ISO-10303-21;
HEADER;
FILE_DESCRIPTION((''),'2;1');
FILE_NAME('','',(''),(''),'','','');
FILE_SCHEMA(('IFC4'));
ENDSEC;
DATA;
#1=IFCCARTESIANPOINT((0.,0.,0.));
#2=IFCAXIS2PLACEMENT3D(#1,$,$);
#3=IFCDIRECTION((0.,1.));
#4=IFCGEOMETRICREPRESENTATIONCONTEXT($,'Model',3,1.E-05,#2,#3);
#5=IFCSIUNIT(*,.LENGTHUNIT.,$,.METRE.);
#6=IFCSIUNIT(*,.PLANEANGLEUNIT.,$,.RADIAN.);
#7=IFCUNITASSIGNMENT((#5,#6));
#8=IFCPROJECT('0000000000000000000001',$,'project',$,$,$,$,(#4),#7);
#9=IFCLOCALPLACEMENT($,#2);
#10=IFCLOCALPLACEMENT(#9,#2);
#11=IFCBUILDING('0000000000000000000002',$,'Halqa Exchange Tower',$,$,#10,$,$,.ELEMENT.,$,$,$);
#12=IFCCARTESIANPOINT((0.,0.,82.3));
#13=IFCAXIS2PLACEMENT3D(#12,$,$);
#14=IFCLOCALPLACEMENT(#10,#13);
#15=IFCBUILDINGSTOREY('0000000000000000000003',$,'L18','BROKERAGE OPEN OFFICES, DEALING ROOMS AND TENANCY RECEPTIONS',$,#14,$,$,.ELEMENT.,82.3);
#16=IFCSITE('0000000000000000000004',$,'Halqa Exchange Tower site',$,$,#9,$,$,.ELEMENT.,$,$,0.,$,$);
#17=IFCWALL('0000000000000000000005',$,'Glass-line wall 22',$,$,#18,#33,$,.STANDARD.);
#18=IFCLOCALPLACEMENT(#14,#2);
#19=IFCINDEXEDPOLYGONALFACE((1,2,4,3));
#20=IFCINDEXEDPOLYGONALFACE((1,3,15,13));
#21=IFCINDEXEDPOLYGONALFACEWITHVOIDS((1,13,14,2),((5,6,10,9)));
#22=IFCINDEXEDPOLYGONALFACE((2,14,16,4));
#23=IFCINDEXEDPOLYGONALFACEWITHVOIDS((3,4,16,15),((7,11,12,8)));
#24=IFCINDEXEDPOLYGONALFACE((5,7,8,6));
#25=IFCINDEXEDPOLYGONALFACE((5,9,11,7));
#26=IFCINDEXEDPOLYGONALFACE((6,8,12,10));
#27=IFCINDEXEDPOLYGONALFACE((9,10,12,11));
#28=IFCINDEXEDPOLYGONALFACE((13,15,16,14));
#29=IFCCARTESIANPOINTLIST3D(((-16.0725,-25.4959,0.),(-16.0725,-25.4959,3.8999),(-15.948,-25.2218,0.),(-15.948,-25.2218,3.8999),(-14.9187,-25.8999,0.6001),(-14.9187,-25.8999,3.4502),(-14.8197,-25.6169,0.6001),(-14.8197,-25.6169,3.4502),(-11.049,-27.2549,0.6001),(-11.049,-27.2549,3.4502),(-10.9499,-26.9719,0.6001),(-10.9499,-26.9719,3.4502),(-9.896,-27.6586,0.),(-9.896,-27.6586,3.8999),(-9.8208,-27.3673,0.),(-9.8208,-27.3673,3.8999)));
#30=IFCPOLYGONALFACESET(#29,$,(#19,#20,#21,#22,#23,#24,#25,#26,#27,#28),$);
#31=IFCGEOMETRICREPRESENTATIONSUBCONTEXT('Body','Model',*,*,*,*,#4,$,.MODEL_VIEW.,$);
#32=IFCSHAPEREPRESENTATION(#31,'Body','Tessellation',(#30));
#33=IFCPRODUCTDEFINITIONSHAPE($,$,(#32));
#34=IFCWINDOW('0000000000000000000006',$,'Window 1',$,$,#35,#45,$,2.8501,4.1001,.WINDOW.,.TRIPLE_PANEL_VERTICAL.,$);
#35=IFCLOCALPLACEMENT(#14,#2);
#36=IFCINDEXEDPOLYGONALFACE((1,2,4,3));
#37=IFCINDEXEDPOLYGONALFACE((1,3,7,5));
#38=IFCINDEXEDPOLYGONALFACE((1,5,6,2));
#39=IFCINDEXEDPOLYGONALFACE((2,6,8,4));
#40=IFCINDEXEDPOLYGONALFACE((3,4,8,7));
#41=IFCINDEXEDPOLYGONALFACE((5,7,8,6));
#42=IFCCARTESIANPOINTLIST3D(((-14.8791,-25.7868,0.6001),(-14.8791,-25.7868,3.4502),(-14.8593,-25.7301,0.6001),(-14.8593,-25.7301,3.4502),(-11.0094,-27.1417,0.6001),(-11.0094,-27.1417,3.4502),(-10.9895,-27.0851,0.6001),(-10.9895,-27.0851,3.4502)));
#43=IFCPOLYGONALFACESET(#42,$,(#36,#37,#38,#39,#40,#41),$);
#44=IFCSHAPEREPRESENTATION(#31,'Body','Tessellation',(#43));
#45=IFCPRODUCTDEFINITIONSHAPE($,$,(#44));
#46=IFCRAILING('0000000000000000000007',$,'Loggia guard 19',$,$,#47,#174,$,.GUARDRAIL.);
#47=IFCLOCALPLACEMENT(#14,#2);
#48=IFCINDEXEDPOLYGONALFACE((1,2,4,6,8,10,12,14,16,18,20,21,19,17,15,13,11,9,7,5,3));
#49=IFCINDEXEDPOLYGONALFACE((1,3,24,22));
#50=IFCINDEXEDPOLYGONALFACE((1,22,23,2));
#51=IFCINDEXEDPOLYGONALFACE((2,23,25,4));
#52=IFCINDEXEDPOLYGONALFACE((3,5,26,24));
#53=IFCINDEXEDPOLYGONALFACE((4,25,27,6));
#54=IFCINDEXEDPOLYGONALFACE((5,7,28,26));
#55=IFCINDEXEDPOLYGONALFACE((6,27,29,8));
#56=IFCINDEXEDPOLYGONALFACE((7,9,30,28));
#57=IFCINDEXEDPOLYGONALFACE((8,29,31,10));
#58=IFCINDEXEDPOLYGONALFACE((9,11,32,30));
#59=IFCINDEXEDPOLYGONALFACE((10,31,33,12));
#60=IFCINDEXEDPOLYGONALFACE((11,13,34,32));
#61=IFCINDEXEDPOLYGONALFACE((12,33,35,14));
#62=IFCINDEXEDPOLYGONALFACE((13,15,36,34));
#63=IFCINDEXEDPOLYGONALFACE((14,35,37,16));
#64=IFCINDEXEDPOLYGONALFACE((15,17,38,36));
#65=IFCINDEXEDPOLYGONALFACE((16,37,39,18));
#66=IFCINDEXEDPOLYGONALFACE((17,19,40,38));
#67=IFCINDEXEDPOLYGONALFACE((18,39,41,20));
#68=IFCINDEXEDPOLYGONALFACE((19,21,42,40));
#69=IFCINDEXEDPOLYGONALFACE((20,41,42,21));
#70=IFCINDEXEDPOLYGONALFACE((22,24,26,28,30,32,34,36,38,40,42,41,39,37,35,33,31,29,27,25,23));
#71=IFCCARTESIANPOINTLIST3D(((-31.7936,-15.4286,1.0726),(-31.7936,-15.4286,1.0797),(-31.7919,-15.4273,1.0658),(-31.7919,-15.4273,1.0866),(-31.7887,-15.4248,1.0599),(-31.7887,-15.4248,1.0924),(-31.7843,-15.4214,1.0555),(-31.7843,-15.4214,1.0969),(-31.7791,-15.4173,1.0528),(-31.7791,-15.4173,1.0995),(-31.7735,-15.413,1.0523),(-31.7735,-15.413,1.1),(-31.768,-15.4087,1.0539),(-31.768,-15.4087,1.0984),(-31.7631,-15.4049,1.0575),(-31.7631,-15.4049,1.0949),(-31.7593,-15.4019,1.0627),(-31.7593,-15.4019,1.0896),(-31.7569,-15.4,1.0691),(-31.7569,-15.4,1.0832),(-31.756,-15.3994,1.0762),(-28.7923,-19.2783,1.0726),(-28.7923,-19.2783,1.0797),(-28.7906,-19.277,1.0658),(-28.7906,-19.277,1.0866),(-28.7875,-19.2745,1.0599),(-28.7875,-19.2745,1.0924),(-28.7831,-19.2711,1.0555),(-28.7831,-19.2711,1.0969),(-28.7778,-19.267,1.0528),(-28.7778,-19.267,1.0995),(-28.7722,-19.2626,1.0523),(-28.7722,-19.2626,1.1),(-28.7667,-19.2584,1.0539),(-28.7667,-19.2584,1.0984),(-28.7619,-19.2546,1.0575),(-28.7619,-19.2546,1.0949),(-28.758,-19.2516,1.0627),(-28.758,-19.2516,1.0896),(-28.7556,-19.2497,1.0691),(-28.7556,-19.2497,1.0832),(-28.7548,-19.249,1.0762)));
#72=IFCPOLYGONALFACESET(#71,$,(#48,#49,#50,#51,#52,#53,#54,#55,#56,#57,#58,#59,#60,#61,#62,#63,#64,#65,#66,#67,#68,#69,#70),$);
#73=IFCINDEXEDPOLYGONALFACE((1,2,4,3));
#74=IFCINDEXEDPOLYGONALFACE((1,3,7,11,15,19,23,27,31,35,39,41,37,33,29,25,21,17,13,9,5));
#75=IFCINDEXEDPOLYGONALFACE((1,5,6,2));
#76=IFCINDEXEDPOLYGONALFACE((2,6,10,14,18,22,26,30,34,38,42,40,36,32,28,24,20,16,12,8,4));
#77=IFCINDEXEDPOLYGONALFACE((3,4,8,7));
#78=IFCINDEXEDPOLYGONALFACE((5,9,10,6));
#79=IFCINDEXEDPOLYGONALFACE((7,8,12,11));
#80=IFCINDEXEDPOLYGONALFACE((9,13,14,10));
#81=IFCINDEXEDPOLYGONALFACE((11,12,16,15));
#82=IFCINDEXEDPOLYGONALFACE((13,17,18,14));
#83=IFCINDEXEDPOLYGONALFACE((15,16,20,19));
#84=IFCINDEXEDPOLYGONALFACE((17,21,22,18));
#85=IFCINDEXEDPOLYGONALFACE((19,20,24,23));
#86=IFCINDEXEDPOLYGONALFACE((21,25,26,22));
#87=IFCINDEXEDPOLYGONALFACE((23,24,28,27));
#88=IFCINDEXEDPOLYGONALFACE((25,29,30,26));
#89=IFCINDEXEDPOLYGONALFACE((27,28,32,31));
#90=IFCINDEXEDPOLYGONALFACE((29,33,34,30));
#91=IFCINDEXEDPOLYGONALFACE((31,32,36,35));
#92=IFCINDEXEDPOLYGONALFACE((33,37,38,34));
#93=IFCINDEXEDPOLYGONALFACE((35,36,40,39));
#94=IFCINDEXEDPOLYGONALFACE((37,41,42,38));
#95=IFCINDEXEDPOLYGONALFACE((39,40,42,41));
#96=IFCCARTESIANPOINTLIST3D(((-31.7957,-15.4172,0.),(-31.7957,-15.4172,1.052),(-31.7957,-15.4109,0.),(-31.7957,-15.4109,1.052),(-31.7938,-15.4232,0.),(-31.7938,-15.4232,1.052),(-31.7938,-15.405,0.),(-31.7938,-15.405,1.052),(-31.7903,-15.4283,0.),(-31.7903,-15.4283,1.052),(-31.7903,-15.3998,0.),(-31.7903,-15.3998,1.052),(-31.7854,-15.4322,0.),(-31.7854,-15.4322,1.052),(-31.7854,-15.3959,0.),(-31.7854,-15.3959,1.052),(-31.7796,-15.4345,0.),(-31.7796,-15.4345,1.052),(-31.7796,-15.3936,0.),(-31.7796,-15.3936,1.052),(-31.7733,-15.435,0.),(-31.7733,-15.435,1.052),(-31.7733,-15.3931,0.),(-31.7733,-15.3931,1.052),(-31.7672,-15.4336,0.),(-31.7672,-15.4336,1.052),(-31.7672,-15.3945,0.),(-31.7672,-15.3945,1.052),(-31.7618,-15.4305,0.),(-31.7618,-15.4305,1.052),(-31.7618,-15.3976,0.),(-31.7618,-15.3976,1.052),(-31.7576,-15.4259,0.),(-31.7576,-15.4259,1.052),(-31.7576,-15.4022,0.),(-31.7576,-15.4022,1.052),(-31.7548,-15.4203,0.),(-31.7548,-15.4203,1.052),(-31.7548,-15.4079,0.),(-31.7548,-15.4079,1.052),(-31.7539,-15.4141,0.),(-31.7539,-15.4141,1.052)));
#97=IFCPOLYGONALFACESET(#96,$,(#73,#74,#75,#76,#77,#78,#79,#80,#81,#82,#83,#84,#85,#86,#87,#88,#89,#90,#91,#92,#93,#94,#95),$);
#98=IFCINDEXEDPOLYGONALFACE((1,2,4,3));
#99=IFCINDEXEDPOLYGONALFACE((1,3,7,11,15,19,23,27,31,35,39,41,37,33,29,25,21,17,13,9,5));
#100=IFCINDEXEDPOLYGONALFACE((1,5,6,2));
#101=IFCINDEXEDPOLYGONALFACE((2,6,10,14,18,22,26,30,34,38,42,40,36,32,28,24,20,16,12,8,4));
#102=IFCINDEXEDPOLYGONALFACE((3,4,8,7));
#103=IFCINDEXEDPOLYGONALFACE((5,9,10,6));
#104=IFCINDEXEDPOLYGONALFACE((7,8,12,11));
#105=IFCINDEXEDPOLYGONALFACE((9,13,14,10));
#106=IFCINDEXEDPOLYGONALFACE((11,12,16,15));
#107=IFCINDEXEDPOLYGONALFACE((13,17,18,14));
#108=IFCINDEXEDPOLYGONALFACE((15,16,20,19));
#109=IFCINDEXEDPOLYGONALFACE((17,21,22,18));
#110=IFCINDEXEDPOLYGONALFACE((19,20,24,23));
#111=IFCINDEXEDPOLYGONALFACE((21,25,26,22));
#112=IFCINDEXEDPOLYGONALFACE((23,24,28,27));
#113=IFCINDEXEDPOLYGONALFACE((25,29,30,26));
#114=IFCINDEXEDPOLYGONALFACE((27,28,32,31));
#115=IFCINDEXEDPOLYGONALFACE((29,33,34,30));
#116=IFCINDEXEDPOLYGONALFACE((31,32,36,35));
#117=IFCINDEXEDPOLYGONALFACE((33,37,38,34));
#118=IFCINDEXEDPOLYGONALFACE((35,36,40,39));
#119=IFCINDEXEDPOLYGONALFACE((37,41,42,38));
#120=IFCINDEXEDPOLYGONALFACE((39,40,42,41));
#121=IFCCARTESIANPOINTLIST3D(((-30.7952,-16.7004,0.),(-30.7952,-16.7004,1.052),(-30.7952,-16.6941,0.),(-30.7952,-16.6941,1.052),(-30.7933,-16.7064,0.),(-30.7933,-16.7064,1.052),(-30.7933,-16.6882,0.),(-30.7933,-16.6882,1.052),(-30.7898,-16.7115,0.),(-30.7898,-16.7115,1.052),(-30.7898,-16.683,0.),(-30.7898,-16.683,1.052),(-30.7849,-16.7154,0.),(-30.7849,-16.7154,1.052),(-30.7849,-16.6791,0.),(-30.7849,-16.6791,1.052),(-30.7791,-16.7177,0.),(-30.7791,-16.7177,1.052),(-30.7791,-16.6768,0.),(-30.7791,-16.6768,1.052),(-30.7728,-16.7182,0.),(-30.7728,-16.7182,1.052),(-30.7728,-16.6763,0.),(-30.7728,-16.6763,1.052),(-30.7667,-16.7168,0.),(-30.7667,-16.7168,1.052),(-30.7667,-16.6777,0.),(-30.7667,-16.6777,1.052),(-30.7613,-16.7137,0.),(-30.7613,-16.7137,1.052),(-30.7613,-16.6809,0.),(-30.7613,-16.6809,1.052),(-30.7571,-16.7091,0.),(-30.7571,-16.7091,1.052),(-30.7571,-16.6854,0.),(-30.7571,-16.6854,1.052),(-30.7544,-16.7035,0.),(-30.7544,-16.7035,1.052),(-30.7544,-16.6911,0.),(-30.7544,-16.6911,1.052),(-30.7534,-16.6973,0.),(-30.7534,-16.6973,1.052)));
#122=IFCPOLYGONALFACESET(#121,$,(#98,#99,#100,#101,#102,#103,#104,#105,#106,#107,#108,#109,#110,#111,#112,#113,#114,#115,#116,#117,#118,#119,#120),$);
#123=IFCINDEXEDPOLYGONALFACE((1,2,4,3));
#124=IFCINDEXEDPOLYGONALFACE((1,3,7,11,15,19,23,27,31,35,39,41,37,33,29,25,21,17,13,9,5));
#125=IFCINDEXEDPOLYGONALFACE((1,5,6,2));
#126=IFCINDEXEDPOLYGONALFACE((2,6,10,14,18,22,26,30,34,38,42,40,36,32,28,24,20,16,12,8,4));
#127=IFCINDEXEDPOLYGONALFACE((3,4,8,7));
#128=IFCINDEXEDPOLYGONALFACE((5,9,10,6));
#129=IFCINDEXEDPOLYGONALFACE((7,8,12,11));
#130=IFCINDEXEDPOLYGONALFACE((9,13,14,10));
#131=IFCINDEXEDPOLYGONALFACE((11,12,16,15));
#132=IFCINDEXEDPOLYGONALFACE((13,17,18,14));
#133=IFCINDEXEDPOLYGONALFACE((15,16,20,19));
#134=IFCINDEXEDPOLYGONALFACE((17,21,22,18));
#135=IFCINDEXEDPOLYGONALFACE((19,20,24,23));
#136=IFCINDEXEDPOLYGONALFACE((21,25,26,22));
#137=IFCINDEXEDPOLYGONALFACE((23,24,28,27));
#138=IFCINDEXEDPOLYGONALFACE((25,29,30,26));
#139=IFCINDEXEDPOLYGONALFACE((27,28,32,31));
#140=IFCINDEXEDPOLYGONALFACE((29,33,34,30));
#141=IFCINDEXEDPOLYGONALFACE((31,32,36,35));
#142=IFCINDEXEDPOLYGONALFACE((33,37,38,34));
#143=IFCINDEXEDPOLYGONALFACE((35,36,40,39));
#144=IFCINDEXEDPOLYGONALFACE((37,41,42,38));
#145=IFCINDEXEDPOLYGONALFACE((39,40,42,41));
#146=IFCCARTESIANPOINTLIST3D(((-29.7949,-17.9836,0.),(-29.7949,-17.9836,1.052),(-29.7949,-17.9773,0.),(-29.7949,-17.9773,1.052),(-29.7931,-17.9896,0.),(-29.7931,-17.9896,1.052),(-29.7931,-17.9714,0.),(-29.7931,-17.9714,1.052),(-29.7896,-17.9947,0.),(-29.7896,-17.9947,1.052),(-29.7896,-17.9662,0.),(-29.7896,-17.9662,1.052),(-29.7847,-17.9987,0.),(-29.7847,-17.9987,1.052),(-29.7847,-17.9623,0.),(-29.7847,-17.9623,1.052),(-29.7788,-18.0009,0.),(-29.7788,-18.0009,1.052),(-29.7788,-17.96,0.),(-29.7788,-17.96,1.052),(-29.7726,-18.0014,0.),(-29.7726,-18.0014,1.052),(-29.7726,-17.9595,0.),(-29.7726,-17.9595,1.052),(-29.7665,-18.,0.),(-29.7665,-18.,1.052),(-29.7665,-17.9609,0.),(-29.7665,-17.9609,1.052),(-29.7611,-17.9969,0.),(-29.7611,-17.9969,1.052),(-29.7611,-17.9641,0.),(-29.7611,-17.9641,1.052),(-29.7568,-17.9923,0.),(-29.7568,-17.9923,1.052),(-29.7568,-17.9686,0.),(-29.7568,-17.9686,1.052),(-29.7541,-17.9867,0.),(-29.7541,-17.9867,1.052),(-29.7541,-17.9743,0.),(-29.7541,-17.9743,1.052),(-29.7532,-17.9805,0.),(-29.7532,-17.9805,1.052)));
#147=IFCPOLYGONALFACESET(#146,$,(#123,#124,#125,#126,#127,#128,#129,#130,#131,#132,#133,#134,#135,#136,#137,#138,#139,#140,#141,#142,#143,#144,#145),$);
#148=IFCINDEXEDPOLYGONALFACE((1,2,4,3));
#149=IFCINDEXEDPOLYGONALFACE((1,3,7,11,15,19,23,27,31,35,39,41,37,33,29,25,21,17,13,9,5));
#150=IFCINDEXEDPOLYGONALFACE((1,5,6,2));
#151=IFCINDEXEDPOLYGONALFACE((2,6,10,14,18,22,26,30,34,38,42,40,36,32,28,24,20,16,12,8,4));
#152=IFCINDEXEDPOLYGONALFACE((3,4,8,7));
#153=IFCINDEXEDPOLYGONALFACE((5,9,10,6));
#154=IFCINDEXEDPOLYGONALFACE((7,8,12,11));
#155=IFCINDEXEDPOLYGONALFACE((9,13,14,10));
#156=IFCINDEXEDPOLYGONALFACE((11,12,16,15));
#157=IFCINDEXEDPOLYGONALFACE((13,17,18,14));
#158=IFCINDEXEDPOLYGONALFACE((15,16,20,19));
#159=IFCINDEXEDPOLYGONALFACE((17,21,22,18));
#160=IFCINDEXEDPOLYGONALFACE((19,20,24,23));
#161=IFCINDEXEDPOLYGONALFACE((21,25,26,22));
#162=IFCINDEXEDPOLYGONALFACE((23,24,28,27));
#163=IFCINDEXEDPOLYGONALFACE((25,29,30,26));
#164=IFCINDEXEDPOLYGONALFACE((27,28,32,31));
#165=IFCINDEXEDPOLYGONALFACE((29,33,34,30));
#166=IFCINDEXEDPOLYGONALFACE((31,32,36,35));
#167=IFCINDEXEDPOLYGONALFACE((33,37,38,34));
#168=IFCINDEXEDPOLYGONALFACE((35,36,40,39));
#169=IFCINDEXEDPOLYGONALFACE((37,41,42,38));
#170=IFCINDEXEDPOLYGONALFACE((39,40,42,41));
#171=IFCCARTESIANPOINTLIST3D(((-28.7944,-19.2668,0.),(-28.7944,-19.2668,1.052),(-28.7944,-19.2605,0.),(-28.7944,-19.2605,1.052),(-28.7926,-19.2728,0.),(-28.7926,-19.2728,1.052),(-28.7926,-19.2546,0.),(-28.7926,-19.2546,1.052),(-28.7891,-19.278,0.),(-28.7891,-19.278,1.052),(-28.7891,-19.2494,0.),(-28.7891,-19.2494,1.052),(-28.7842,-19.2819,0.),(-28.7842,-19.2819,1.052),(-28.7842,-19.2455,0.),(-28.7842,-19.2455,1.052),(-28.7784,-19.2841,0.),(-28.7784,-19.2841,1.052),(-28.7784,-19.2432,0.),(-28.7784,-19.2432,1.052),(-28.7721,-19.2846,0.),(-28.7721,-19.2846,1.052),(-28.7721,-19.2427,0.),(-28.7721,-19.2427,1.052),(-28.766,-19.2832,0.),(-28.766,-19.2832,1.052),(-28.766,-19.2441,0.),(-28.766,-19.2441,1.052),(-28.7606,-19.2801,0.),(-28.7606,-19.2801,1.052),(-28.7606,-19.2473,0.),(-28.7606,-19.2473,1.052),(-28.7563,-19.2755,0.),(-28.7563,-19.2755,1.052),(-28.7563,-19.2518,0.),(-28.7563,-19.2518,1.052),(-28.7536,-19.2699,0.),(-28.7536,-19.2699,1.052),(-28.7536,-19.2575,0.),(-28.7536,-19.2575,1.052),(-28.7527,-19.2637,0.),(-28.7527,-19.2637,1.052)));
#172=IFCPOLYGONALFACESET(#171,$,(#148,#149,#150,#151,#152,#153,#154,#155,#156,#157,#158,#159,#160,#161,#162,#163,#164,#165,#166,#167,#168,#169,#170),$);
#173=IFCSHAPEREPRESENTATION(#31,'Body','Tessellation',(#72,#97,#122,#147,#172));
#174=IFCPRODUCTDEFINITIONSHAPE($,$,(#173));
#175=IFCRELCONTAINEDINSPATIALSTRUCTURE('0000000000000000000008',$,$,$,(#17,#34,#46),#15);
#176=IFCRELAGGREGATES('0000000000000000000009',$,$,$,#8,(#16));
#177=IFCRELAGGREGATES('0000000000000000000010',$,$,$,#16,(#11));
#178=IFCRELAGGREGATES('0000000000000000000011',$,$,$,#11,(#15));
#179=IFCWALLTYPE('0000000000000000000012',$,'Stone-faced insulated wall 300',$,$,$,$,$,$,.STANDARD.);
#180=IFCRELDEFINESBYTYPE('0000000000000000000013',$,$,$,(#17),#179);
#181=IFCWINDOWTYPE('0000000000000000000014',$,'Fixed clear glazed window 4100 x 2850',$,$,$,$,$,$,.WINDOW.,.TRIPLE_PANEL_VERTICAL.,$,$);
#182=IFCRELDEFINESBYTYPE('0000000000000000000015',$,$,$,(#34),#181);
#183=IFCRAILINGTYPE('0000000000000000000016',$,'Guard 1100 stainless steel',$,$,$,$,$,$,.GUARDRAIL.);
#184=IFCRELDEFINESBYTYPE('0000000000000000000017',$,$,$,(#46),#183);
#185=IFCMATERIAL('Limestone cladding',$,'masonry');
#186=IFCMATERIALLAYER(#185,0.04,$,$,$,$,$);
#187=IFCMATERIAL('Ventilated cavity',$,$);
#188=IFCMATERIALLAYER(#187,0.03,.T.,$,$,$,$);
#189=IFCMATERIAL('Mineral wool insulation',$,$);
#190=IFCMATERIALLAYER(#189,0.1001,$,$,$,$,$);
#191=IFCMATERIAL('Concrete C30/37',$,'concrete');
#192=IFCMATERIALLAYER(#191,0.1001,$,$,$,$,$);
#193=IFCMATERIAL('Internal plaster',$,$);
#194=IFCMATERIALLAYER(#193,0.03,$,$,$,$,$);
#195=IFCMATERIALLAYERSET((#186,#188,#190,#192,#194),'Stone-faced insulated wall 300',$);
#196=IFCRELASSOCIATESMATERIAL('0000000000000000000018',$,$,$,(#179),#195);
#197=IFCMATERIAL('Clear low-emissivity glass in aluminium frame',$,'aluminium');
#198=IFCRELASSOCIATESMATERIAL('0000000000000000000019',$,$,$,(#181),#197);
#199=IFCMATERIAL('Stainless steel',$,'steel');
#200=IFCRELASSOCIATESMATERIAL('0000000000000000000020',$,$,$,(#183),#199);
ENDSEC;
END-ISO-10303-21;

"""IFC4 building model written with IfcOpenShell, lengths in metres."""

from ifc_helpers import new_model, si_unit, direction, frame, frame_2d, origin, origin_2d, place, context, subcontext, project, spatial, polyline, rectangle, circle, outline, extrude, material, layer, layer_set, type_object, element, fill, save


model = new_model("IFC4")

# Units and contexts
model_context = context("Model", 3, precision=1e-05, world=origin(), true_north=direction((0.0, 1.0)))
body_context = subcontext(model_context, "Body", "Model", "MODEL_VIEW")
ifc_project = project(units=[si_unit("LENGTHUNIT", "METRE"), si_unit("PLANEANGLEUNIT", "RADIAN")], contexts=[model_context])

# Site, building, storey
site_placement = place(None, origin())
site = spatial("IfcSite", under=ifc_project, at=site_placement, Name="Halqa Exchange Tower site", CompositionType="ELEMENT", RefElevation=0.0)
building_placement = place(site_placement, origin())
building = spatial("IfcBuilding", under=site, at=building_placement, Name="Halqa Exchange Tower", CompositionType="ELEMENT")
storey_placement = place(building_placement, frame((0.0, 0.0, 82.3)))
storey = spatial("IfcBuildingStorey", under=building, at=storey_placement, Name="L18", Description="BROKERAGE OPEN OFFICES, DEALING ROOMS AND TENANCY RECEPTIONS", CompositionType="ELEMENT", Elevation=82.3)

# Shared definitions
ifc_material_1 = material(Name="Limestone cladding", Category="masonry")
ifc_layer_1 = layer(ifc_material_1, 0.04)
ifc_material_2 = material(Name="Ventilated cavity")
ifc_layer_2 = layer(ifc_material_2, 0.03, ventilated=True)
ifc_material_3 = material(Name="Mineral wool insulation")
ifc_layer_3 = layer(ifc_material_3, 0.1001)
ifc_material_4 = material(Name="Concrete C30/37", Category="concrete")
ifc_layer_4 = layer(ifc_material_4, 0.1001)
ifc_material_5 = material(Name="Internal plaster")
ifc_layer_5 = layer(ifc_material_5, 0.03)
ifc_layer_set_1 = layer_set([ifc_layer_1, ifc_layer_2, ifc_layer_3, ifc_layer_4, ifc_layer_5], Name="Stone-faced insulated wall 300")
wall_type_1 = type_object("IfcWallType", Name="Stone-faced insulated wall 300", PredefinedType="STANDARD", material=ifc_layer_set_1)
ifc_material_6 = material(Name="Clear low-emissivity glass in aluminium frame", Category="aluminium")

# Wall, opening, window
window_type = type_object("IfcWindowType", Name="Fixed clear glazed window 4100 x 2850", PartitioningType="TRIPLE_PANEL_VERTICAL", PredefinedType="WINDOW", material=ifc_material_6)
wall_1_placement = place(storey_placement, frame((-16.0103, -25.3589, 0.0), z_axis=(0.0, 0.0, 1.0), x_axis=(0.943815, -0.330474, 0.0)))
wall_1 = element("IfcWall", 1, at=wall_1_placement, inside=storey, type_object=wall_type_1, Name="Glass-line wall 22", PredefinedType="STANDARD", context=body_context, shape_type="SweptSolid", body=[
    extrude(outline(polyline([(-0.0134, -0.1499), (6.5308, -0.1499), (6.5054, 0.1499), (0.0134, 0.1499), (-0.0134, -0.1499)])), origin(), (0.0, 0.0, 1.0), 3.8999),
])
opening_1_placement = place(wall_1_placement, frame((1.209, 0.0, 0.6001)))
opening_1 = element("IfcOpeningElement", 2, at=opening_1_placement, cuts=wall_1, PredefinedType="OPENING", context=body_context, shape_type="SweptSolid", body=[
    extrude(rectangle(XDim=4.1001, YDim=2.8501, at=frame_2d((2.05, 1.425))), frame((0.0, 0.1621, 0.0), z_axis=(0.0, -1.0, 0.0), x_axis=(1.0, 0.0, 0.0)), (0.0, 0.0, 1.0), 0.324),
])
window_1_placement = place(opening_1_placement, origin())
window_1 = element("IfcWindow", 3, at=window_1_placement, inside=storey, type_object=window_type, Name="Window 1", OverallHeight=2.8501, OverallWidth=4.1001, PartitioningType="TRIPLE_PANEL_VERTICAL", PredefinedType="WINDOW", context=body_context, shape_type="SweptSolid", body=[
    extrude(rectangle(XDim=4.1001, YDim=2.8501, at=frame_2d((2.05, 1.425))), frame((0.0, 0.03, 0.0), z_axis=(0.0, -1.0, 0.0), x_axis=(1.0, 0.0, 0.0)), (0.0, 0.0, 1.0), 0.0601),
])
fill(opening_1, window_1)

# Railing
ifc_material_7 = material(Name="Stainless steel", Category="steel")
railing_type = type_object("IfcRailingType", Name="Guard 1100 stainless steel", PredefinedType="GUARDRAIL", material=ifc_material_7)
railing_1_placement = place(storey_placement, frame((-31.7749, -15.4141, 0.0)))
element("IfcRailing", 4, at=railing_1_placement, inside=storey, type_object=railing_type, Name="Loggia guard 19", PredefinedType="GUARDRAIL", context=body_context, shape_type="SweptSolid", body=[
    extrude(circle(Radius=0.0239, at=origin_2d()), frame((0.0, 0.0, 1.0762), z_axis=(0.614844, -0.788649, 0.0), x_axis=(0.788649, 0.614844, 0.0)), (0.0, 0.0, 1.0), 4.8813),
    extrude(circle(Radius=0.021, at=origin_2d()), origin(), (0.0, 0.0, 1.0), 1.052),
    extrude(circle(Radius=0.021, at=origin_2d()), frame((1.0005, -1.2832, 0.0)), (0.0, 0.0, 1.0), 1.052),
    extrude(circle(Radius=0.021, at=origin_2d()), frame((2.0007, -2.5664, 0.0)), (0.0, 0.0, 1.0), 1.052),
    extrude(circle(Radius=0.021, at=origin_2d()), frame((3.0012, -3.8496, 0.0)), (0.0, 0.0, 1.0), 1.052),
])

save(model, "model.ifc")
